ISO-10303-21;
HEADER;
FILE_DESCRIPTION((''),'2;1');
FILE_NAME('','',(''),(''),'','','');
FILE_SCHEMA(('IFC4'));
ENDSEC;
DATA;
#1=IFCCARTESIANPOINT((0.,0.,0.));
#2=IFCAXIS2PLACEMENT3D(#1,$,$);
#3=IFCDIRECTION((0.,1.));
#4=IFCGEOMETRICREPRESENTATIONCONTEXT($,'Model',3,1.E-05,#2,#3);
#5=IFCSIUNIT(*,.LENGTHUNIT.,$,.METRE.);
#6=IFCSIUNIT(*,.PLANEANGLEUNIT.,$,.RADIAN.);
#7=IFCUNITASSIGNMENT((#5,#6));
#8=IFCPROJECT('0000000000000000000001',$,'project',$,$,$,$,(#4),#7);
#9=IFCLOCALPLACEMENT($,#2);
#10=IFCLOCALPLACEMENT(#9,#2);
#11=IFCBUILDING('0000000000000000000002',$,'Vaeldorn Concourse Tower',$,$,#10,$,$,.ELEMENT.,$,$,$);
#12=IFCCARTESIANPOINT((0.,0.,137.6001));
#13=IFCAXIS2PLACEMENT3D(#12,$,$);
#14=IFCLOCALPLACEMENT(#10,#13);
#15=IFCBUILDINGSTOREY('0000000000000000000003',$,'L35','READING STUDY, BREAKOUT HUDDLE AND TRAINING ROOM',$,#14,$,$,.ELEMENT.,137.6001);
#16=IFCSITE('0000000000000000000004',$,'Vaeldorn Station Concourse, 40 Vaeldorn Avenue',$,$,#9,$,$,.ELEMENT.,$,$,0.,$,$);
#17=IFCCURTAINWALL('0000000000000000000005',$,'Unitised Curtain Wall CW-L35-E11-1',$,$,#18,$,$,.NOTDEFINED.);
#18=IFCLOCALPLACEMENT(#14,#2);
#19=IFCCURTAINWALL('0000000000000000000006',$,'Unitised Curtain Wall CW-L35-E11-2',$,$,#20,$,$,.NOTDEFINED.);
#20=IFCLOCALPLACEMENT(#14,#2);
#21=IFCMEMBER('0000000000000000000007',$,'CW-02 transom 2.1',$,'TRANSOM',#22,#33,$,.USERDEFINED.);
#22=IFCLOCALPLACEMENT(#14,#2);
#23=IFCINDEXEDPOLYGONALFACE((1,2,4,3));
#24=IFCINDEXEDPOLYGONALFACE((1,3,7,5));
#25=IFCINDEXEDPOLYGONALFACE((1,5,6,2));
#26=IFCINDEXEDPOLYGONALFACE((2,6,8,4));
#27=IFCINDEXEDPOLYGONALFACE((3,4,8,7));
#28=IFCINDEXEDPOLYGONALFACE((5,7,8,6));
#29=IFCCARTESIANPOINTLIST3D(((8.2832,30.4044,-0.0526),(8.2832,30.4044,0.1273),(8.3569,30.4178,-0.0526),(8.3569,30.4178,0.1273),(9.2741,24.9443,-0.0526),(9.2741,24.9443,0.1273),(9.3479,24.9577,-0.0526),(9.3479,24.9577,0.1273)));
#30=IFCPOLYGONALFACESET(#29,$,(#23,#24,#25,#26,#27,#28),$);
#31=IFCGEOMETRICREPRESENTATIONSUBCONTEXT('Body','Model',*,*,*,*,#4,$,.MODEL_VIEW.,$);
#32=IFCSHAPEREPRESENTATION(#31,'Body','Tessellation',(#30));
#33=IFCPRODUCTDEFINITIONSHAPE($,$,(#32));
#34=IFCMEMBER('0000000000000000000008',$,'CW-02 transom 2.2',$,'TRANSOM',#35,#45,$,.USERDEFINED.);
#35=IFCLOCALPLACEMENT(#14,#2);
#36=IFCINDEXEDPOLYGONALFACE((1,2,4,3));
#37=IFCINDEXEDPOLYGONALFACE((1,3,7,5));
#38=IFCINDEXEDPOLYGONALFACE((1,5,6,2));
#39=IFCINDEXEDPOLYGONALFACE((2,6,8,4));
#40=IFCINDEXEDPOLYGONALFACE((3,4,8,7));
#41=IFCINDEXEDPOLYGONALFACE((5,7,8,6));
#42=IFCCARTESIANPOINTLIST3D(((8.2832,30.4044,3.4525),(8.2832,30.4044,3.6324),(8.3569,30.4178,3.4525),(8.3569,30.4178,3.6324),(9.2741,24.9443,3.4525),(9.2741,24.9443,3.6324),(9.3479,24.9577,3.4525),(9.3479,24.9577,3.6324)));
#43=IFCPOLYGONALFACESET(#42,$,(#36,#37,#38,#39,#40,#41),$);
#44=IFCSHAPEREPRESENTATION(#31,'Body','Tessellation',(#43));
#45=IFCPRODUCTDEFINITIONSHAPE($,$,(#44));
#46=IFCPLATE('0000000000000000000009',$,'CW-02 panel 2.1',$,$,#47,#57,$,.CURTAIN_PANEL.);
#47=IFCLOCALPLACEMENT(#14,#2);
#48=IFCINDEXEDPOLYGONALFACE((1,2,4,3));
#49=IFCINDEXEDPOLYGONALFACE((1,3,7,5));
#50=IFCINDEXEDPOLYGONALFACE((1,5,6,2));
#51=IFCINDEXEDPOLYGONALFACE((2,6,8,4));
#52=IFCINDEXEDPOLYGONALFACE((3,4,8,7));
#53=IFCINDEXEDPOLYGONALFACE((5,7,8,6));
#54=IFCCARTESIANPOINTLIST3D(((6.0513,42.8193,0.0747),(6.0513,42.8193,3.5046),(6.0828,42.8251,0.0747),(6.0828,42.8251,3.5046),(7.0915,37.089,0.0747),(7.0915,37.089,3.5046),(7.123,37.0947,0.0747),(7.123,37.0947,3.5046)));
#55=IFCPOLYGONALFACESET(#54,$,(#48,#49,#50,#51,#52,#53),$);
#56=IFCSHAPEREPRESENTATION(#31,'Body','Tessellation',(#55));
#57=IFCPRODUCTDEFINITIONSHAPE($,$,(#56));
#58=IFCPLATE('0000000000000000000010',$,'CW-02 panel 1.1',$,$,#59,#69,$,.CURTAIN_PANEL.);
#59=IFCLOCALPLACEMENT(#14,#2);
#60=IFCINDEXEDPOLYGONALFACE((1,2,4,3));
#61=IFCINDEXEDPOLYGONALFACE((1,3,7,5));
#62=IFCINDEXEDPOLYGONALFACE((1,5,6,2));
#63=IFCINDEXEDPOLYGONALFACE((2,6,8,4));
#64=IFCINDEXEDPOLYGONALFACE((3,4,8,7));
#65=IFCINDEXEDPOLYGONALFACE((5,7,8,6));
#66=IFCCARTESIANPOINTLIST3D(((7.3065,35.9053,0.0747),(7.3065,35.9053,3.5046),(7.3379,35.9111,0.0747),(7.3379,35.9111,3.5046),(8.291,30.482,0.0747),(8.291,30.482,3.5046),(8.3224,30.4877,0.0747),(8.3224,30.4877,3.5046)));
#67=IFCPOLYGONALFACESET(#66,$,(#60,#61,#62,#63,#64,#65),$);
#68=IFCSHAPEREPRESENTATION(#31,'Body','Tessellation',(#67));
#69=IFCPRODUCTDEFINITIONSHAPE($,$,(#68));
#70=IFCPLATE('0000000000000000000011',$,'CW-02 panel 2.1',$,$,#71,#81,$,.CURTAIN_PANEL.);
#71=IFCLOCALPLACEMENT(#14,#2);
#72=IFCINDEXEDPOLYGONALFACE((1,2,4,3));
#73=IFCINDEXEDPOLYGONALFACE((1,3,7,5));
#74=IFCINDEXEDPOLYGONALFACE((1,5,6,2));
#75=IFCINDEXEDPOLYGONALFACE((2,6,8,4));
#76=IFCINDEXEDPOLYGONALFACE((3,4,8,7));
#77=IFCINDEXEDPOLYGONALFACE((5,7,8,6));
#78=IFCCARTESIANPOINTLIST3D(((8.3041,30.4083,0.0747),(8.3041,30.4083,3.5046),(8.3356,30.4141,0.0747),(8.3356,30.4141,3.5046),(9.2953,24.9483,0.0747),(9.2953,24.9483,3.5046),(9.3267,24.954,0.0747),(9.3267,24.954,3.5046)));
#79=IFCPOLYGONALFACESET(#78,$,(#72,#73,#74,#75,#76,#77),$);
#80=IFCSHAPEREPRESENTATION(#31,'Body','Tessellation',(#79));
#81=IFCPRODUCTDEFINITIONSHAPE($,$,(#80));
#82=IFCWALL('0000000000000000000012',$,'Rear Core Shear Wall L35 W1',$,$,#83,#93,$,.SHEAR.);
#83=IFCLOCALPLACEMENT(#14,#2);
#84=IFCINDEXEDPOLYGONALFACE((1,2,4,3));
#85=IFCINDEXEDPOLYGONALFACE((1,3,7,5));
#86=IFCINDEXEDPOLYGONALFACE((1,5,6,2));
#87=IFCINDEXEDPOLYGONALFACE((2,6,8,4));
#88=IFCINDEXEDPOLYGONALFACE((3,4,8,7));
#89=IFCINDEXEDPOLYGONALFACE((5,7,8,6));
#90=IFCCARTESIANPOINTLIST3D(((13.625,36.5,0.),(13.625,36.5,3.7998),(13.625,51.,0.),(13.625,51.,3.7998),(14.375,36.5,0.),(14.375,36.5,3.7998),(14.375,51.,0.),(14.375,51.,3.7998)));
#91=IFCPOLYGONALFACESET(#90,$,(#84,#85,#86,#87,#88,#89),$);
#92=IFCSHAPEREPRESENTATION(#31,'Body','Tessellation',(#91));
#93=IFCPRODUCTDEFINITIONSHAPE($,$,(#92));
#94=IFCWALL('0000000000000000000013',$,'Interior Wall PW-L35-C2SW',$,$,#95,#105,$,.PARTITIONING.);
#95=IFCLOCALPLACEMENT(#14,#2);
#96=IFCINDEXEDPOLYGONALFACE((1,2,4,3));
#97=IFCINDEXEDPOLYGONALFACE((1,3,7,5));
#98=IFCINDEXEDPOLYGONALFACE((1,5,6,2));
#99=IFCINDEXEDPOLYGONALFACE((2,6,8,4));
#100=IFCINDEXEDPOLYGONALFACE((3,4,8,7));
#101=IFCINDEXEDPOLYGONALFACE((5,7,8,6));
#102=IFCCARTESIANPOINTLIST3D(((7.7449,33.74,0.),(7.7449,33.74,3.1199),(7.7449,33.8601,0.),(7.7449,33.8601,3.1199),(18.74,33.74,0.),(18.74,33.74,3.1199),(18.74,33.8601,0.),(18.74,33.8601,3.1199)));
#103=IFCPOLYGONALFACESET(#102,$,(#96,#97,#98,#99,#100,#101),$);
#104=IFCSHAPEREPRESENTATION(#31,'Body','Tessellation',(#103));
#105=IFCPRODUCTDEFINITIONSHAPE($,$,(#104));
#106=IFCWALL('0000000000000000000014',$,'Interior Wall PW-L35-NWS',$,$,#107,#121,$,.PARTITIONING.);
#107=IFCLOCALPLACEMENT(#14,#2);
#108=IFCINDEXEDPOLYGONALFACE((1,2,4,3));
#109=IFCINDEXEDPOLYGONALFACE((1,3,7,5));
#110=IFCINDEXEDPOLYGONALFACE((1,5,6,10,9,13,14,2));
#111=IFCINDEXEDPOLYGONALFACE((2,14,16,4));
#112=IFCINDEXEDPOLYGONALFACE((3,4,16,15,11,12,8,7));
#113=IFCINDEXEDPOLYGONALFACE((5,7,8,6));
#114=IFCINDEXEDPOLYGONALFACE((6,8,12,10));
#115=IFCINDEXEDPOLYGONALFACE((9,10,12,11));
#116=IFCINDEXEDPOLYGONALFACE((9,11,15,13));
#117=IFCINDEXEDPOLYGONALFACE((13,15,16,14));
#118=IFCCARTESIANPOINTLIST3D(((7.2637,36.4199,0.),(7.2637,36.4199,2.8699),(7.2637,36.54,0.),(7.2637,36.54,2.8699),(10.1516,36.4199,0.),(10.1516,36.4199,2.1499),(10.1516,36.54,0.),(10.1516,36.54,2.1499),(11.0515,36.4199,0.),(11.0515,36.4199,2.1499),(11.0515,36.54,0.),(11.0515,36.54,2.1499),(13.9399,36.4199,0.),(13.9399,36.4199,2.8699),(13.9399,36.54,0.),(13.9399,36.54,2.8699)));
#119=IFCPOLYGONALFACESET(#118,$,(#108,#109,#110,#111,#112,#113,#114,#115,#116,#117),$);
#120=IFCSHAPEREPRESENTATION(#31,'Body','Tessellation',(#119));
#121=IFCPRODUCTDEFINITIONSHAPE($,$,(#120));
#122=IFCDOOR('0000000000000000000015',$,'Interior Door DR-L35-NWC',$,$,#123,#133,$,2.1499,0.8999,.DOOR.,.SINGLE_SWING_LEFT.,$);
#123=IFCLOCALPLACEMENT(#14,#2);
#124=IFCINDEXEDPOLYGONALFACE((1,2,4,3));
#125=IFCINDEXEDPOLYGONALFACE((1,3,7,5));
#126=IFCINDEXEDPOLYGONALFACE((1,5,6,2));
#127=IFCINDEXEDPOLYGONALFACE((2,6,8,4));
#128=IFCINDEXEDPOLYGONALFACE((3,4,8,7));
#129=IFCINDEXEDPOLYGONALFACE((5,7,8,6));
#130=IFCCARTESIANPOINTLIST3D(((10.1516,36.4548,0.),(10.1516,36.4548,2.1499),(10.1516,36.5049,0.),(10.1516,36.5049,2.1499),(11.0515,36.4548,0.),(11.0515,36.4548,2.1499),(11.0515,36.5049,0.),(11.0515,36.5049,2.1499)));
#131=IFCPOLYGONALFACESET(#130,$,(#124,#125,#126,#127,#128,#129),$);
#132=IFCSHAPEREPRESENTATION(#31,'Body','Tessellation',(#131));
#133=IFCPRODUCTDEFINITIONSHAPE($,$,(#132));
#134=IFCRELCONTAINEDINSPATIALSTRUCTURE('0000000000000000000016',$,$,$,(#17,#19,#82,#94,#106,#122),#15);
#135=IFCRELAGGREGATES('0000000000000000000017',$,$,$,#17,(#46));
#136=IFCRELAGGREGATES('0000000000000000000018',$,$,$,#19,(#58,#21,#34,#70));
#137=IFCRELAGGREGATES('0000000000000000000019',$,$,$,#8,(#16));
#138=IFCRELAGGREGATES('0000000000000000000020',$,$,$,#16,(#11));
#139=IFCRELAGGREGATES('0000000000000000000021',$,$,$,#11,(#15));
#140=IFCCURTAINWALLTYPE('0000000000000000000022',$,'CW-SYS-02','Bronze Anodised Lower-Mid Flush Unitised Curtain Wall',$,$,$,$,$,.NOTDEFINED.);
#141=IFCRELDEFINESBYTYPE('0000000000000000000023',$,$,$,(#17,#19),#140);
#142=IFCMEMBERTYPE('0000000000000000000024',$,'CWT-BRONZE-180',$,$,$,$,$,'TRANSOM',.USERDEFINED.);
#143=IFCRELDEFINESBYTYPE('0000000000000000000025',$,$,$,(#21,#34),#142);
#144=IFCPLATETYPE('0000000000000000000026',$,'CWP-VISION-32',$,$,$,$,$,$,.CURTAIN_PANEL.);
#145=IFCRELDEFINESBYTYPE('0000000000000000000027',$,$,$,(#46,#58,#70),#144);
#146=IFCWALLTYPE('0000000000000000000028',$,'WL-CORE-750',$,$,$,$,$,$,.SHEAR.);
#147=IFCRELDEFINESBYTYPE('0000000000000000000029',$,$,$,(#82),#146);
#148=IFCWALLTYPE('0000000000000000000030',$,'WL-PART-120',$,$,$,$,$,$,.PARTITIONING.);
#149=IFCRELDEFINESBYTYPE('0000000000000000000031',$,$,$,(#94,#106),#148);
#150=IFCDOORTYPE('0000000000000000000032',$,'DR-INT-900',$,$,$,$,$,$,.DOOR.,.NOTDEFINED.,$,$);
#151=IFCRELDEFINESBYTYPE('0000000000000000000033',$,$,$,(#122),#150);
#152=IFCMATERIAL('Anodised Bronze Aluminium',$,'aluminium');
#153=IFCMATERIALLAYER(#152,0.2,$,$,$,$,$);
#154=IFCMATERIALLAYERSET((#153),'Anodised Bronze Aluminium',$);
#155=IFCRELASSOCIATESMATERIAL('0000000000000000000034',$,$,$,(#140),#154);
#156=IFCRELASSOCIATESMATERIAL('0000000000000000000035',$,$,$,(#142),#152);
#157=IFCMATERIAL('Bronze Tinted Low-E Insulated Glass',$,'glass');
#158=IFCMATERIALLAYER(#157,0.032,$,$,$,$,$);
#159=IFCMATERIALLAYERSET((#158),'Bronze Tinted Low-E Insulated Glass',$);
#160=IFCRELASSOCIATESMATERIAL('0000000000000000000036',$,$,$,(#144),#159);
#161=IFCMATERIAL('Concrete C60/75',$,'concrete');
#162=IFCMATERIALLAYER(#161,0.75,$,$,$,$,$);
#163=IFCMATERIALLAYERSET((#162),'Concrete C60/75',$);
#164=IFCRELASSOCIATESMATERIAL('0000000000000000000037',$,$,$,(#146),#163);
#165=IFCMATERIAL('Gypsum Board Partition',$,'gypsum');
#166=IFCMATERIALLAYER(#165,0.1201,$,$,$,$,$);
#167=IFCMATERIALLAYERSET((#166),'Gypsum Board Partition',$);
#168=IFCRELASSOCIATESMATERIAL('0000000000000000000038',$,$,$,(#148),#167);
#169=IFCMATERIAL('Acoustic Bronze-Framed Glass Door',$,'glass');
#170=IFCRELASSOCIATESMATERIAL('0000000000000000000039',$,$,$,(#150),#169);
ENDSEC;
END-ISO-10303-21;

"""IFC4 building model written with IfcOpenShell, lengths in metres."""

from ifc_helpers import new_model, si_unit, direction, frame, frame_2d, origin, origin_2d, place, context, subcontext, project, spatial, rectangle, extrude, source, transform, mapped, material, layer, layer_set, material_profile, profile_set, type_object, element, fill, aggregate, save


model = new_model("IFC4")

# Units and contexts
model_context = context("Model", 3, precision=1e-05, world=origin(), true_north=direction((0.0, 1.0)))
body_context = subcontext(model_context, "Body", "Model", "MODEL_VIEW")
ifc_project = project(units=[si_unit("LENGTHUNIT", "METRE"), si_unit("PLANEANGLEUNIT", "RADIAN")], contexts=[model_context])

# Site, building, storey
site_placement = place(None, origin())
site = spatial("IfcSite", under=ifc_project, at=site_placement, Name="Vaeldorn Station Concourse, 40 Vaeldorn Avenue", CompositionType="ELEMENT", RefElevation=0.0)
building_placement = place(site_placement, origin())
building = spatial("IfcBuilding", under=site, at=building_placement, Name="Vaeldorn Concourse Tower", CompositionType="ELEMENT")
storey_placement = place(building_placement, frame((0.0, 0.0, 137.6001)))
storey = spatial("IfcBuildingStorey", under=building, at=storey_placement, Name="L35", Description="READING STUDY, BREAKOUT HUDDLE AND TRAINING ROOM", CompositionType="ELEMENT", Elevation=137.6001)

# Shared definitions
ifc_material_1 = material(Name="Concrete C60/75", Category="concrete")

# Curtain wall
ifc_material_2 = material(Name="Anodised Bronze Aluminium", Category="aluminium")
ifc_layer_1 = layer(ifc_material_2, 0.2)
ifc_layer_set_1 = layer_set([ifc_layer_1], Name="Anodised Bronze Aluminium")
curtain_wall_type = type_object("IfcCurtainWallType", Name="CW-SYS-02", Description="Bronze Anodised Lower-Mid Flush Unitised Curtain Wall", PredefinedType="NOTDEFINED", material=ifc_layer_set_1)
curtain_wall_1_placement = place(storey_placement, origin())
curtain_wall_1 = element("IfcCurtainWall", 1, at=curtain_wall_1_placement, inside=storey, type_object=curtain_wall_type, Name="Unitised Curtain Wall CW-L35-E11-1", PredefinedType="NOTDEFINED")

# Curtain wall, members
curtain_wall_2_placement = place(storey_placement, origin())
curtain_wall_2 = element("IfcCurtainWall", 2, at=curtain_wall_2_placement, inside=storey, type_object=curtain_wall_type, Name="Unitised Curtain Wall CW-L35-E11-2", PredefinedType="NOTDEFINED")
ifc_material_profile_1 = material_profile(ifc_material_2, rectangle(XDim=0.075, YDim=0.1799, at=origin_2d()), Name="CWT 75x180")
ifc_profile_set_1 = profile_set([ifc_material_profile_1], Name="Anodised Bronze Aluminium")
member_type_1 = type_object("IfcMemberType", Name="CWT-BRONZE-180", ElementType="TRANSOM", PredefinedType="USERDEFINED", material=ifc_profile_set_1)
shared_shape_1 = source(origin(), body_context, "Body", "SweptSolid", [
    extrude(rectangle(XDim=0.075, YDim=0.1799, at=origin_2d()), origin(), (0.0, 0.0, 1.0), 5.5493),
])
member_1_placement = place(storey_placement, frame((8.3201, 30.4111, 0.0374), z_axis=(0.178572, -0.983927, 0.0), x_axis=(0.983927, 0.178572, 0.0)))
member_1 = element("IfcMember", 3, at=member_1_placement, type_object=member_type_1, Name="CW-02 transom 2.1", ObjectType="TRANSOM", PredefinedType="USERDEFINED", context=body_context, shape_type="MappedRepresentation", body=[
    mapped(shared_shape_1, transform((0.0, 0.0, 0.0), scale=1.0)),
])
member_2_placement = place(storey_placement, frame((8.3201, 30.4111, 3.5425), z_axis=(0.178572, -0.983927, 0.0), x_axis=(0.983927, 0.178572, 0.0)))
member_2 = element("IfcMember", 4, at=member_2_placement, type_object=member_type_1, Name="CW-02 transom 2.2", ObjectType="TRANSOM", PredefinedType="USERDEFINED", context=body_context, shape_type="MappedRepresentation", body=[
    mapped(shared_shape_1, transform((0.0, 0.0, 0.0), scale=1.0)),
])

# Plates
ifc_material_3 = material(Name="Bronze Tinted Low-E Insulated Glass", Category="glass")
ifc_layer_2 = layer(ifc_material_3, 0.032)
ifc_layer_set_2 = layer_set([ifc_layer_2], Name="Bronze Tinted Low-E Insulated Glass")
plate_type = type_object("IfcPlateType", Name="CWP-VISION-32", PredefinedType="CURTAIN_PANEL", material=ifc_layer_set_2)
shared_shape_2 = source(origin(), body_context, "Body", "SweptSolid", [
    extrude(rectangle(XDim=5.824, YDim=0.032, at=origin_2d()), origin(), (0.0, 0.0, 1.0), 3.4299),
])
plate_1_placement = place(storey_placement, frame((6.5872, 39.957, 0.0747), z_axis=(0.0, 0.0, 1.0), x_axis=(0.178608, -0.98392, 0.0)))
plate_1 = element("IfcPlate", 5, at=plate_1_placement, type_object=plate_type, Name="CW-02 panel 2.1", PredefinedType="CURTAIN_PANEL", context=body_context, shape_type="MappedRepresentation", body=[
    mapped(shared_shape_2, transform((0.0, 0.0, 0.0), scale=1.0)),
])
aggregate(curtain_wall_1, [plate_1])
shared_shape_3 = source(origin(), body_context, "Body", "SweptSolid", [
    extrude(rectangle(XDim=5.512, YDim=0.032, at=origin_2d()), origin(), (0.0, 0.0, 1.0), 3.4299),
])
plate_2_placement = place(storey_placement, frame((7.8145, 33.1965, 0.0747), z_axis=(0.0, 0.0, 1.0), x_axis=(0.178608, -0.98392, 0.0)))
plate_2 = element("IfcPlate", 6, at=plate_2_placement, type_object=plate_type, Name="CW-02 panel 1.1", PredefinedType="CURTAIN_PANEL", context=body_context, shape_type="MappedRepresentation", body=[
    mapped(shared_shape_3, transform((0.0, 0.0, 0.0), scale=1.0)),
])
shared_shape_4 = source(origin(), body_context, "Body", "SweptSolid", [
    extrude(rectangle(XDim=5.5493, YDim=0.032, at=origin_2d()), origin(), (0.0, 0.0, 1.0), 3.4299),
])
plate_3_placement = place(storey_placement, frame((8.8154, 27.6812, 0.0747), z_axis=(0.0, 0.0, 1.0), x_axis=(0.178608, -0.98392, 0.0)))
plate_3 = element("IfcPlate", 7, at=plate_3_placement, type_object=plate_type, Name="CW-02 panel 2.1", PredefinedType="CURTAIN_PANEL", context=body_context, shape_type="MappedRepresentation", body=[
    mapped(shared_shape_4, transform((0.0, 0.0, 0.0), scale=1.0)),
])
aggregate(curtain_wall_2, [plate_2, member_1, member_2, plate_3])

# Walls
ifc_layer_3 = layer(ifc_material_1, 0.75)
ifc_layer_set_3 = layer_set([ifc_layer_3], Name="Concrete C60/75")
wall_type_1 = type_object("IfcWallType", Name="WL-CORE-750", PredefinedType="SHEAR", material=ifc_layer_set_3)
wall_1_placement = place(storey_placement, frame((14.0, 36.5, 0.0), z_axis=(0.0, 0.0, 1.0), x_axis=(0.0, 1.0, 0.0)))
element("IfcWall", 8, at=wall_1_placement, inside=storey, type_object=wall_type_1, Name="Rear Core Shear Wall L35 W1", PredefinedType="SHEAR", context=body_context, shape_type="SweptSolid", body=[
    extrude(rectangle(XDim=14.5, YDim=0.75, at=frame_2d((7.25, 0.0))), origin(), (0.0, 0.0, 1.0), 3.7998),
])
ifc_material_4 = material(Name="Gypsum Board Partition", Category="gypsum")
ifc_layer_4 = layer(ifc_material_4, 0.1201)
ifc_layer_set_4 = layer_set([ifc_layer_4], Name="Gypsum Board Partition")
wall_type_2 = type_object("IfcWallType", Name="WL-PART-120", PredefinedType="PARTITIONING", material=ifc_layer_set_4)
wall_2_placement = place(storey_placement, frame((7.7449, 33.8, 0.0), z_axis=(0.0, 0.0, 1.0), x_axis=(1.0, 0.0, 0.0)))
element("IfcWall", 9, at=wall_2_placement, inside=storey, type_object=wall_type_2, Name="Interior Wall PW-L35-C2SW", PredefinedType="PARTITIONING", context=body_context, shape_type="SweptSolid", body=[
    extrude(rectangle(XDim=10.9951, YDim=0.1201, at=frame_2d((5.4976, 0.0))), origin(), (0.0, 0.0, 1.0), 3.1199),
])

# Wall, opening, door
wall_3_placement = place(storey_placement, frame((7.2637, 36.48, 0.0), z_axis=(0.0, 0.0, 1.0), x_axis=(1.0, 0.0, 0.0)))
wall_3 = element("IfcWall", 10, at=wall_3_placement, inside=storey, type_object=wall_type_2, Name="Interior Wall PW-L35-NWS", PredefinedType="PARTITIONING", context=body_context, shape_type="SweptSolid", body=[
    extrude(rectangle(XDim=6.6763, YDim=0.1201, at=frame_2d((3.3381, 0.0))), origin(), (0.0, 0.0, 1.0), 2.8699),
])
opening_placement = place(wall_3_placement, frame((2.8879, 0.0, 0.0)))
opening = element("IfcOpeningElement", 11, at=opening_placement, cuts=wall_3, PredefinedType="OPENING", context=body_context, shape_type="SweptSolid", body=[
    extrude(rectangle(XDim=0.8999, YDim=2.1499, at=frame_2d((0.45, 1.075))), frame((0.0, 0.0701, 0.0), z_axis=(0.0, -1.0, 0.0), x_axis=(1.0, 0.0, 0.0)), (0.0, 0.0, 1.0), 0.1401),
])
ifc_material_5 = material(Name="Acoustic Bronze-Framed Glass Door", Category="glass")
door_type = type_object("IfcDoorType", Name="DR-INT-900", OperationType="NOTDEFINED", PredefinedType="DOOR", material=ifc_material_5)
shared_shape_5 = source(origin(), body_context, "Body", "SweptSolid", [
    extrude(rectangle(XDim=0.8999, YDim=2.1499, at=frame_2d((0.45, 1.075))), frame((0.0, 0.0249, 0.0), z_axis=(0.0, -1.0, 0.0), x_axis=(1.0, 0.0, 0.0)), (0.0, 0.0, 1.0), 0.05),
])
door_placement = place(opening_placement, origin())
door = element("IfcDoor", 12, at=door_placement, inside=storey, type_object=door_type, Name="Interior Door DR-L35-NWC", OperationType="SINGLE_SWING_LEFT", OverallHeight=2.1499, OverallWidth=0.8999, PredefinedType="DOOR", context=body_context, shape_type="MappedRepresentation", body=[
    mapped(shared_shape_5, transform((0.0, 0.0, 0.0), scale=1.0)),
])
fill(opening, door)

save(model, "model.ifc")
